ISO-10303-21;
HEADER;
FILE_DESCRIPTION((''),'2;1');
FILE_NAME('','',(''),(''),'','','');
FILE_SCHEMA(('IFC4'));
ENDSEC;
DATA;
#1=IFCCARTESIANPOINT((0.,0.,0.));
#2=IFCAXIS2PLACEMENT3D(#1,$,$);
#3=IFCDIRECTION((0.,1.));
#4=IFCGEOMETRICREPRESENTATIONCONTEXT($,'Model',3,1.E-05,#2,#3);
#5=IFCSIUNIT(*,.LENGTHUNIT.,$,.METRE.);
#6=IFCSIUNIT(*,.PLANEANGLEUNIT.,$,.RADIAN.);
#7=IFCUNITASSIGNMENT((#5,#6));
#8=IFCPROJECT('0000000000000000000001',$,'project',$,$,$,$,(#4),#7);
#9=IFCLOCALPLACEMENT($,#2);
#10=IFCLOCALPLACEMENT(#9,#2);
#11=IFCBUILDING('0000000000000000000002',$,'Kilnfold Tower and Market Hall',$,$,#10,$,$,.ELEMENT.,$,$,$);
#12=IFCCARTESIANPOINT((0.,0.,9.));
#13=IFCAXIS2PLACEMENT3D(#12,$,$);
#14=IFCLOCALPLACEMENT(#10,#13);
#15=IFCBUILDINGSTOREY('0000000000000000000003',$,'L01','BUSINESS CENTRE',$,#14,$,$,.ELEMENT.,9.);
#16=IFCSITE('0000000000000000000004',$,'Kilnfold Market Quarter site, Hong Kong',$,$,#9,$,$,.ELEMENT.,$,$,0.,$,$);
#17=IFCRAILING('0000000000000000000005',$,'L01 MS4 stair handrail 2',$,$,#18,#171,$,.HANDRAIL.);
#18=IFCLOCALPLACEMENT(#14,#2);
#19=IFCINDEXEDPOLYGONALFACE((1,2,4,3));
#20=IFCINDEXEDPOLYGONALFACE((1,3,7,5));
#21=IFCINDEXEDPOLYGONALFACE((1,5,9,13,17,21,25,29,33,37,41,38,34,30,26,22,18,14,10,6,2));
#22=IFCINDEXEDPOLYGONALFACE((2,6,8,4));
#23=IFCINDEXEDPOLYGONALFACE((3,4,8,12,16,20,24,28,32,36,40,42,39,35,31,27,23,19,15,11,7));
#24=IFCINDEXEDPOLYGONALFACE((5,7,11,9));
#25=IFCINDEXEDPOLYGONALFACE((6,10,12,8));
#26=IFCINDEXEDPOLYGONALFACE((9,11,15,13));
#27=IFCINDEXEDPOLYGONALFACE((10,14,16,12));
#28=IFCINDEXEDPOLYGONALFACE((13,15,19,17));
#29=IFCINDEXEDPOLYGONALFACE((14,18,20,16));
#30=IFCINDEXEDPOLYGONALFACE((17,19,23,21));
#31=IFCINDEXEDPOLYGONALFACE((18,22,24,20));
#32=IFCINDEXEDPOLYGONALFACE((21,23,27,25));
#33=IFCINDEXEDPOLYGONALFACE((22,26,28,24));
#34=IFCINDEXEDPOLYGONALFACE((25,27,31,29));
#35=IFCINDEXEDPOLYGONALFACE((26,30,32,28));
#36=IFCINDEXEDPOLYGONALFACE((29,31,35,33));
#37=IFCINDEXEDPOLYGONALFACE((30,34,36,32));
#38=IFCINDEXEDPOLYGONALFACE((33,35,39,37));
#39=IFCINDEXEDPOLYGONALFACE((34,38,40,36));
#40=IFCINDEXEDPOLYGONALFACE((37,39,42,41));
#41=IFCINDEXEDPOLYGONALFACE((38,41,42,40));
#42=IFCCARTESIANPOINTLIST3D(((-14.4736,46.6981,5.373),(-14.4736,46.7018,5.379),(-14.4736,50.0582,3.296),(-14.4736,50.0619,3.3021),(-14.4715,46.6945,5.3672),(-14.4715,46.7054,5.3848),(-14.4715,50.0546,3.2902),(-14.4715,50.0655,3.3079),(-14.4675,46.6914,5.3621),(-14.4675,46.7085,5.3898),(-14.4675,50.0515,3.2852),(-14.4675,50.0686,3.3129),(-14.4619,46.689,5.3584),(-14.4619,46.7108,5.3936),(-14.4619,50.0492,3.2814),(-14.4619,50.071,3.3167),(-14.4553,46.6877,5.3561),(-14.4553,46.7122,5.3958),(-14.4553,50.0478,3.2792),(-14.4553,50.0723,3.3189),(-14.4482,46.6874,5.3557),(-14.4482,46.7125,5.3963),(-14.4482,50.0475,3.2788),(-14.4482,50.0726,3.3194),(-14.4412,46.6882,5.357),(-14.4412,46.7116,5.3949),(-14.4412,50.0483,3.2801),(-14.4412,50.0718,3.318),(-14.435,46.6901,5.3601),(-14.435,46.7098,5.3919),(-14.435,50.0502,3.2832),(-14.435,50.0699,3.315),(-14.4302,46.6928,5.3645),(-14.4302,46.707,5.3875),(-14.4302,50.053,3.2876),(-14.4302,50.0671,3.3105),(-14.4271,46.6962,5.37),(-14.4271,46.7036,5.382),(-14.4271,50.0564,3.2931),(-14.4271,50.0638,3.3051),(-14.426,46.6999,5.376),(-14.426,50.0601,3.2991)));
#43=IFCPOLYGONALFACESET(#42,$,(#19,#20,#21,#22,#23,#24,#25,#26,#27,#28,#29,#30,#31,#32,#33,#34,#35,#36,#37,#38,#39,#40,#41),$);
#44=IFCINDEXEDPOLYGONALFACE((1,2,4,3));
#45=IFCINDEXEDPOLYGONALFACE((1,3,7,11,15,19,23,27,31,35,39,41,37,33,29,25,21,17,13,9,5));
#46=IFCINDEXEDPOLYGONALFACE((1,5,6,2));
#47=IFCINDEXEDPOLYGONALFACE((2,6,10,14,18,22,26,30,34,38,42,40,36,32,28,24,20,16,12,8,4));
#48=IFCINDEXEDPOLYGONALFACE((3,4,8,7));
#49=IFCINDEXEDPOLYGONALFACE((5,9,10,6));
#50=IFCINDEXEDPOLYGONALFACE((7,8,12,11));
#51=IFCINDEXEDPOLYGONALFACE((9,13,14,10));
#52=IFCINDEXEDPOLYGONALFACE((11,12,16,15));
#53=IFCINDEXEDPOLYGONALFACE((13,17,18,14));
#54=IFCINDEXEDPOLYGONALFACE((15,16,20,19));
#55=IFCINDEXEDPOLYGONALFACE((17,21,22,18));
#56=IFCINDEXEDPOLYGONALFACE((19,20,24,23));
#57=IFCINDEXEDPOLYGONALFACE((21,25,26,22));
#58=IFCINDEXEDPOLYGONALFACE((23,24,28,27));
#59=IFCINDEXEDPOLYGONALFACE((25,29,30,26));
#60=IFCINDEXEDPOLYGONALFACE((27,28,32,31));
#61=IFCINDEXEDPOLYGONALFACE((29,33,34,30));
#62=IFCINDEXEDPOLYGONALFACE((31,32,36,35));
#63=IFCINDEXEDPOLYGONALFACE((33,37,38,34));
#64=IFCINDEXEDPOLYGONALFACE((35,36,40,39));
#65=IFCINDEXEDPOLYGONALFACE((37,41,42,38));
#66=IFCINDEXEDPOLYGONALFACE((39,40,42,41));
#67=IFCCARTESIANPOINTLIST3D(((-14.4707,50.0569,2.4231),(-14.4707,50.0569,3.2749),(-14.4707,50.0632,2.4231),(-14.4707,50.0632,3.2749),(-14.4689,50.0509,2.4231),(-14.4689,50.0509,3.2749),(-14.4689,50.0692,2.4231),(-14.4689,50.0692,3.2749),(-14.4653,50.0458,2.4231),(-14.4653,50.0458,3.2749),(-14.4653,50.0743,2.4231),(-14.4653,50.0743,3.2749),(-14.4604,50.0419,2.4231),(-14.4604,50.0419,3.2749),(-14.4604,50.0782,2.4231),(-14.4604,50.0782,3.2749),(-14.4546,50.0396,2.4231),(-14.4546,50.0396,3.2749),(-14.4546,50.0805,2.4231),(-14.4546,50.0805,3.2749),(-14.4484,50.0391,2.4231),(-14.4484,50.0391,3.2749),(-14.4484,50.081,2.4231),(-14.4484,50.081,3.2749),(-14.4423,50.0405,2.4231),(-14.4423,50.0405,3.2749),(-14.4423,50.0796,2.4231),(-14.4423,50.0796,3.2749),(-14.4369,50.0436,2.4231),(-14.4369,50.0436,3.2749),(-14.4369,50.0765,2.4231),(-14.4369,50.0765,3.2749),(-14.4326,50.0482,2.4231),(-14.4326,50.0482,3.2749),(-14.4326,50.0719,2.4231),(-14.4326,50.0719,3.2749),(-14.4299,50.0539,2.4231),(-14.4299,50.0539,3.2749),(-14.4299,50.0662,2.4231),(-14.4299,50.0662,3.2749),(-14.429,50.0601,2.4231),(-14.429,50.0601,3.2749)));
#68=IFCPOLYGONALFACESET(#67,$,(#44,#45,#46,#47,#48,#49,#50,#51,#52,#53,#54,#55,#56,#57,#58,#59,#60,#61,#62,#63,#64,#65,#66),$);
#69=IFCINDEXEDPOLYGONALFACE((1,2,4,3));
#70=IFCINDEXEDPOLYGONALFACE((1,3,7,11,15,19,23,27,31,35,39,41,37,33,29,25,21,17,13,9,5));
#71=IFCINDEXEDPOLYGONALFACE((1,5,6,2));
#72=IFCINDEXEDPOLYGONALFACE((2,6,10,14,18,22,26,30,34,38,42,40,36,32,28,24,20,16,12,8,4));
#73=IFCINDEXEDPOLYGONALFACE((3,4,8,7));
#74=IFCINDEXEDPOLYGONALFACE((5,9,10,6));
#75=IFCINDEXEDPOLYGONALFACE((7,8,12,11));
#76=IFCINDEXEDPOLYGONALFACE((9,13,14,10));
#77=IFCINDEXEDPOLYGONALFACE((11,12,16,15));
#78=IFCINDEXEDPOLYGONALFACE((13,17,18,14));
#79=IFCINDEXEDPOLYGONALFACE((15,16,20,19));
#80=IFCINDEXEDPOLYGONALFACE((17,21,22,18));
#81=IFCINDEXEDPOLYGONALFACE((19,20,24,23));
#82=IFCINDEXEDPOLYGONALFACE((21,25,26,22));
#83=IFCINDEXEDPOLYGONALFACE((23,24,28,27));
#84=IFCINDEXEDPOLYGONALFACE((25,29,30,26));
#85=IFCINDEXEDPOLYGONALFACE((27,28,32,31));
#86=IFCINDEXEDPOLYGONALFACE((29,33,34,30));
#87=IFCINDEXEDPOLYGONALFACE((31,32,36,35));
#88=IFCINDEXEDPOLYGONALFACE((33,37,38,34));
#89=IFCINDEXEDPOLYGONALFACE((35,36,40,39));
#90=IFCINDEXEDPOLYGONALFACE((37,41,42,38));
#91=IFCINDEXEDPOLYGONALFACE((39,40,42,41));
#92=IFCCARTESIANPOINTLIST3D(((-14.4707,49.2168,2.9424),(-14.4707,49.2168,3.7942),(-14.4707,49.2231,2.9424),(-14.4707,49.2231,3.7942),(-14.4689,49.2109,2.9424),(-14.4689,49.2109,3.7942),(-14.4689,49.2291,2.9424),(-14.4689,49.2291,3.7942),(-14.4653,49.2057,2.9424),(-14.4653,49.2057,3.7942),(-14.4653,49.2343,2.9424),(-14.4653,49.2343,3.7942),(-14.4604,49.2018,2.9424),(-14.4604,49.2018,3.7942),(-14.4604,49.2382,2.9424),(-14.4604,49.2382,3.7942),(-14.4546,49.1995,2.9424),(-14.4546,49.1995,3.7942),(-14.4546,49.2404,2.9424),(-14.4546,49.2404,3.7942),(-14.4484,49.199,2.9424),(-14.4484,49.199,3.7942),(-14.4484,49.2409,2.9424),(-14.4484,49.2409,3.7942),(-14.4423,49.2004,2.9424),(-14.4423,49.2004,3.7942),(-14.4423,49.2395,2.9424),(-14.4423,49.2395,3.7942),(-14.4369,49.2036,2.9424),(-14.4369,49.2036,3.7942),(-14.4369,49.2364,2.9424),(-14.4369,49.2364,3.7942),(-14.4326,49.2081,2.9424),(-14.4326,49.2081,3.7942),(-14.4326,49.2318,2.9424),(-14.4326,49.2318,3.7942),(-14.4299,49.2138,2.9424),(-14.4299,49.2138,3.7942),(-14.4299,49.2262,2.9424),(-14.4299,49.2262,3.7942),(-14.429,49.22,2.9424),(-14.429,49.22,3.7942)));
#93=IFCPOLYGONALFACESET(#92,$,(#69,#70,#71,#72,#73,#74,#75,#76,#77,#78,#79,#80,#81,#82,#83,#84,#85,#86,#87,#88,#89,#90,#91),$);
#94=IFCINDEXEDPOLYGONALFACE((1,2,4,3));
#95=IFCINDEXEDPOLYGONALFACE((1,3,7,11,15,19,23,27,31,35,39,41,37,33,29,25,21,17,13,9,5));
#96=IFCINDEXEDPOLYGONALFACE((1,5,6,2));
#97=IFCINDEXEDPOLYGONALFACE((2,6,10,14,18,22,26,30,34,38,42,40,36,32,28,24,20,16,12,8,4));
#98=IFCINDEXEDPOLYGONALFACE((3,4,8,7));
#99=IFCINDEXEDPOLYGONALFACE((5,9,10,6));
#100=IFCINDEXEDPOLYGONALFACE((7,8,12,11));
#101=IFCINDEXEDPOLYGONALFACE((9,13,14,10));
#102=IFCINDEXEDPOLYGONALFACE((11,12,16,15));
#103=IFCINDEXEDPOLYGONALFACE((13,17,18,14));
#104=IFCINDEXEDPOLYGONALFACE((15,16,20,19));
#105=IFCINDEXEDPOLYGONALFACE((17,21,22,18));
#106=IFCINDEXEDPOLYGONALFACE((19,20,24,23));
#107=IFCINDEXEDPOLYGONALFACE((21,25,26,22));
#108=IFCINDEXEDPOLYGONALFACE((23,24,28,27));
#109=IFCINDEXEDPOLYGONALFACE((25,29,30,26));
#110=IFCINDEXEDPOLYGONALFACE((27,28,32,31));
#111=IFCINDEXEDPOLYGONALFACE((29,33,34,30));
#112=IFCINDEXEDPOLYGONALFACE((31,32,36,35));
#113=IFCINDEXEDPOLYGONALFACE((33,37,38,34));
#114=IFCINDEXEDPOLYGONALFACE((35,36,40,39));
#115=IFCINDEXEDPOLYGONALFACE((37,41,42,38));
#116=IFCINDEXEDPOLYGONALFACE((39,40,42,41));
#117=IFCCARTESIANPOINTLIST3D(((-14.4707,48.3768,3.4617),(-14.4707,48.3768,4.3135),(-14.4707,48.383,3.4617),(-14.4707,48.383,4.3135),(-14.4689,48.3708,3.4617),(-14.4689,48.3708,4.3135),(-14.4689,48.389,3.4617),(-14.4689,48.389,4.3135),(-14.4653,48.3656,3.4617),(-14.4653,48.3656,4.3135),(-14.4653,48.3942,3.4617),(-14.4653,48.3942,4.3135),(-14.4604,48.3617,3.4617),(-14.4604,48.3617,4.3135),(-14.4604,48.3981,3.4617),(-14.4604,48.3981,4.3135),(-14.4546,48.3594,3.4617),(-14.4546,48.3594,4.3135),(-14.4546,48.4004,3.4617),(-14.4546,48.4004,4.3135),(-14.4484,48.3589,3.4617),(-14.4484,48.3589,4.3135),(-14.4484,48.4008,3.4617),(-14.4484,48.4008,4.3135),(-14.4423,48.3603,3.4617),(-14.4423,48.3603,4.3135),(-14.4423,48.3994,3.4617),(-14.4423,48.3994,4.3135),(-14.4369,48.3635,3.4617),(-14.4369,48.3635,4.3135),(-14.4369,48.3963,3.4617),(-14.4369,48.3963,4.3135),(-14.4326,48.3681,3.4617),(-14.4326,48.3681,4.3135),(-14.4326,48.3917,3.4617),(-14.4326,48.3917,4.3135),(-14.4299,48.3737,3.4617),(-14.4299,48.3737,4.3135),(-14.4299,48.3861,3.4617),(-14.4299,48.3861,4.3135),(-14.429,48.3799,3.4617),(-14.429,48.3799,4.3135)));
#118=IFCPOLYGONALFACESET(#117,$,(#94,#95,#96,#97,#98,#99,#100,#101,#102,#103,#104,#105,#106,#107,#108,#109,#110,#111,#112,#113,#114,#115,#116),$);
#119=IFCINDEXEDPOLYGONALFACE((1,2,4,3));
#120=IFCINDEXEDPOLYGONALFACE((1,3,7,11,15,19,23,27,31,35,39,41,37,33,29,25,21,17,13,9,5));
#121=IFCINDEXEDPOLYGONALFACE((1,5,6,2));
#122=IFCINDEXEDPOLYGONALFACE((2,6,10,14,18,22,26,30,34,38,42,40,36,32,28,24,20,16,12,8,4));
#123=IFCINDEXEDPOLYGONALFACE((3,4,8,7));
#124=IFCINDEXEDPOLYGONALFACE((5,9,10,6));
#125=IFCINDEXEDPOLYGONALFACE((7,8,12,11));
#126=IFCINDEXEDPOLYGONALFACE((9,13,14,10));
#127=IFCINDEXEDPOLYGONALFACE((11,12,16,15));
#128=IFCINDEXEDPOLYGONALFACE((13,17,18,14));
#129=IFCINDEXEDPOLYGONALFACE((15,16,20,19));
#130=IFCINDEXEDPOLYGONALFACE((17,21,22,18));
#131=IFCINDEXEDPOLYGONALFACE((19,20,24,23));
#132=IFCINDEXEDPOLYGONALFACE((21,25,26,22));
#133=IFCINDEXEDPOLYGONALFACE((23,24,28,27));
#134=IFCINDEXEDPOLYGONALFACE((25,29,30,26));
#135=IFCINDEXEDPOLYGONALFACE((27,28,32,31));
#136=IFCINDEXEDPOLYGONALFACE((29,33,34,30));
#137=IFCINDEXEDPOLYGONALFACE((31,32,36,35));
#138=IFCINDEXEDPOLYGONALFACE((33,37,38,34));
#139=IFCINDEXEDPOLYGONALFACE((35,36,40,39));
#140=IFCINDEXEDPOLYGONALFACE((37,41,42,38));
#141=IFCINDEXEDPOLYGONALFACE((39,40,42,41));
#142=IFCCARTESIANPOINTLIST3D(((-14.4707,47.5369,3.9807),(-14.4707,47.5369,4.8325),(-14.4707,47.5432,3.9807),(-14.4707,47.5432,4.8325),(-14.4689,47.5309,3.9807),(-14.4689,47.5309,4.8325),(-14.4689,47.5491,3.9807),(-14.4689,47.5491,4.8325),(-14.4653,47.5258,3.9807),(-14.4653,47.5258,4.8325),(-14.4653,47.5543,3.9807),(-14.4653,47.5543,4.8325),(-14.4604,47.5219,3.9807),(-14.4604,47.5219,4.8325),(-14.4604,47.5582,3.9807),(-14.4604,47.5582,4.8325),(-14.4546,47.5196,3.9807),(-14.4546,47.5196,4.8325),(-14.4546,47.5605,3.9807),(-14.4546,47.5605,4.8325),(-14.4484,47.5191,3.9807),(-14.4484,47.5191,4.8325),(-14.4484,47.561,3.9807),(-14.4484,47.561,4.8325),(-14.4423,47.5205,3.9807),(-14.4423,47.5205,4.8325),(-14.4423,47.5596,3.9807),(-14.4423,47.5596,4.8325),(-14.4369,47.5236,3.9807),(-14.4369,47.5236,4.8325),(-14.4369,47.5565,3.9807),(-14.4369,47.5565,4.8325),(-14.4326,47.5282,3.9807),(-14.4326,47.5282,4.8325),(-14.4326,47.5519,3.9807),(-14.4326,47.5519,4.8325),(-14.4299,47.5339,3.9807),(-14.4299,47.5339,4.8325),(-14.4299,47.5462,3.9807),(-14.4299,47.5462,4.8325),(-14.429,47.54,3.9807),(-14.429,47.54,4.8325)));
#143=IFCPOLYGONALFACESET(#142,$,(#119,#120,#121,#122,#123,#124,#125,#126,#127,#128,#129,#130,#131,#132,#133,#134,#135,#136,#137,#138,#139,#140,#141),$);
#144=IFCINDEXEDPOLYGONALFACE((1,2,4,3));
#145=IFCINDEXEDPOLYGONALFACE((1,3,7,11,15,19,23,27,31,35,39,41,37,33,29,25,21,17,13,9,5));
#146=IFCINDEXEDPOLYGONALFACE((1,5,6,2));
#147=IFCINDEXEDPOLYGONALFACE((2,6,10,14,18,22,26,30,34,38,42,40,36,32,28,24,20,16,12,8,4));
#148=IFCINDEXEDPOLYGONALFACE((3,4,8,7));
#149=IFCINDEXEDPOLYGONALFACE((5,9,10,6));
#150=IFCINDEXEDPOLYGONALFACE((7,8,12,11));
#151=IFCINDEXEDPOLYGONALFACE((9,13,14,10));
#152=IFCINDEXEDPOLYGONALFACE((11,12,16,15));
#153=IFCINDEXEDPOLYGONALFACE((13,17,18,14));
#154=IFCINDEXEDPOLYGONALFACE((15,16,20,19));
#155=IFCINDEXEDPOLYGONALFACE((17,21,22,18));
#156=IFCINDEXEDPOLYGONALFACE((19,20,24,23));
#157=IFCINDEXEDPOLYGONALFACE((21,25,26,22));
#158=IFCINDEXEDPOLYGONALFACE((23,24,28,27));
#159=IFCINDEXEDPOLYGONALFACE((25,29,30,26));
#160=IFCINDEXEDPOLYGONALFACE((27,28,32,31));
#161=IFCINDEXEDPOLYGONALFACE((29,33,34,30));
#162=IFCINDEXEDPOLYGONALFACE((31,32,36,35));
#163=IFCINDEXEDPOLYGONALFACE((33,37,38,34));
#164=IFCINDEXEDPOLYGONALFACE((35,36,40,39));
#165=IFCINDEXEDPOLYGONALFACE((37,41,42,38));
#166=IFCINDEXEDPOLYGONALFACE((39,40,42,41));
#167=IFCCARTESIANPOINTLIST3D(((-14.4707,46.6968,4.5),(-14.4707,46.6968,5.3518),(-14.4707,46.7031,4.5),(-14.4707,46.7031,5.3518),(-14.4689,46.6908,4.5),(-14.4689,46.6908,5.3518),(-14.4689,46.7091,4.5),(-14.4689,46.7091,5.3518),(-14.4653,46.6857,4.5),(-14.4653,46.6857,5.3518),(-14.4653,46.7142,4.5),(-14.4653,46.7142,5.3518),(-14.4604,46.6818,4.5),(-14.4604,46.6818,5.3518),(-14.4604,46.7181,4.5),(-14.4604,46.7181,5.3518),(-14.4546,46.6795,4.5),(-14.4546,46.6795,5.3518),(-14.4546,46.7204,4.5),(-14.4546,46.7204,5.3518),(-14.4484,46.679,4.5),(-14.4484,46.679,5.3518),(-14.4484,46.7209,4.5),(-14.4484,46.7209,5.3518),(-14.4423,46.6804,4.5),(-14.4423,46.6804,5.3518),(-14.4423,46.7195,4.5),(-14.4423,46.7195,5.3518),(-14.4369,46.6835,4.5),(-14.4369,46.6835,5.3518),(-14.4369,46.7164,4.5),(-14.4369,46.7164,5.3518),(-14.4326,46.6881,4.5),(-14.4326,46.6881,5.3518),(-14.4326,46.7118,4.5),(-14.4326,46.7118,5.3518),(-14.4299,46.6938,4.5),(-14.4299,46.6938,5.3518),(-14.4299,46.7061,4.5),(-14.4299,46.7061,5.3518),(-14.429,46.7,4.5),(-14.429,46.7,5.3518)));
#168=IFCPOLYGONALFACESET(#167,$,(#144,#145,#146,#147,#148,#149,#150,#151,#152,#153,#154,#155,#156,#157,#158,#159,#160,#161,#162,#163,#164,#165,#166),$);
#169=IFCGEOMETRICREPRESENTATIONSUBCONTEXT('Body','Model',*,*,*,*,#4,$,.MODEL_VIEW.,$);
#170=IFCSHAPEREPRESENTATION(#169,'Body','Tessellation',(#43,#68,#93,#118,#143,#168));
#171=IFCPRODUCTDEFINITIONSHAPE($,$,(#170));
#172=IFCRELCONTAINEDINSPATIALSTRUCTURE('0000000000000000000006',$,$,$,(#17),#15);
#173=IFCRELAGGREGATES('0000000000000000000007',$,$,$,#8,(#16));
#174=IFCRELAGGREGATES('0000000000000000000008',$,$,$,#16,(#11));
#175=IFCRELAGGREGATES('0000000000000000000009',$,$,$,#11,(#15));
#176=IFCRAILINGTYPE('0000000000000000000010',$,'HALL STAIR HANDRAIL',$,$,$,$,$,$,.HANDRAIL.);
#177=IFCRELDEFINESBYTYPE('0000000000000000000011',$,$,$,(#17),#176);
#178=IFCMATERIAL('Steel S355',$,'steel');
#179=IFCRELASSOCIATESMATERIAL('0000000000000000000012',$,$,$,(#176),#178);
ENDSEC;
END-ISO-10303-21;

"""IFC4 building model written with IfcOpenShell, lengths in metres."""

from ifc_helpers import new_model, si_unit, direction, frame, origin, origin_2d, place, context, subcontext, project, spatial, circle, extrude, material, type_object, element, save


model = new_model("IFC4")

# Units and contexts
model_context = context("Model", 3, precision=1e-05, world=origin(), true_north=direction((0.0, 1.0)))
body_context = subcontext(model_context, "Body", "Model", "MODEL_VIEW")
ifc_project = project(units=[si_unit("LENGTHUNIT", "METRE"), si_unit("PLANEANGLEUNIT", "RADIAN")], contexts=[model_context])

# Site, building, storey
site_placement = place(None, origin())
site = spatial("IfcSite", under=ifc_project, at=site_placement, Name="Kilnfold Market Quarter site, Hong Kong", CompositionType="ELEMENT", RefElevation=0.0)
building_placement = place(site_placement, origin())
building = spatial("IfcBuilding", under=site, at=building_placement, Name="Kilnfold Tower and Market Hall", CompositionType="ELEMENT")
storey_placement = place(building_placement, frame((0.0, 0.0, 9.0)))
storey = spatial("IfcBuildingStorey", under=building, at=storey_placement, Name="L01", Description="BUSINESS CENTRE", CompositionType="ELEMENT", Elevation=9.0)

# Railing
ifc_material_1 = material(Name="Steel S355", Category="steel")
railing_type_1 = type_object("IfcRailingType", Name="HALL STAIR HANDRAIL", PredefinedType="HANDRAIL", material=ifc_material_1)
railing_1_placement = place(storey_placement, frame((-14.45, 50.0601, 2.4231)))
element("IfcRailing", 1, at=railing_1_placement, inside=storey, type_object=railing_type_1, Name="L01 MS4 stair handrail 2", PredefinedType="HANDRAIL", context=body_context, shape_type="SweptSolid", body=[
    extrude(circle(Radius=0.0239, at=origin_2d()), frame((0.0, 0.0, 0.876), z_axis=(0.0, -0.850623, 0.525776), x_axis=(1.0, 0.0, 0.0)), (0.0, 0.0, 1.0), 3.9502),
    extrude(circle(Radius=0.021, at=origin_2d()), origin(), (0.0, 0.0, 1.0), 0.8518),
    extrude(circle(Radius=0.021, at=origin_2d()), frame((0.0, -0.8401, 0.5193)), (0.0, 0.0, 1.0), 0.8518),
    extrude(circle(Radius=0.021, at=origin_2d()), frame((0.0, -1.6802, 1.0386)), (0.0, 0.0, 1.0), 0.8518),
    extrude(circle(Radius=0.021, at=origin_2d()), frame((0.0, -2.52, 1.5576)), (0.0, 0.0, 1.0), 0.8518),
    extrude(circle(Radius=0.021, at=origin_2d()), frame((0.0, -3.3601, 2.0769)), (0.0, 0.0, 1.0), 0.8518),
])

save(model, "model.ifc")
